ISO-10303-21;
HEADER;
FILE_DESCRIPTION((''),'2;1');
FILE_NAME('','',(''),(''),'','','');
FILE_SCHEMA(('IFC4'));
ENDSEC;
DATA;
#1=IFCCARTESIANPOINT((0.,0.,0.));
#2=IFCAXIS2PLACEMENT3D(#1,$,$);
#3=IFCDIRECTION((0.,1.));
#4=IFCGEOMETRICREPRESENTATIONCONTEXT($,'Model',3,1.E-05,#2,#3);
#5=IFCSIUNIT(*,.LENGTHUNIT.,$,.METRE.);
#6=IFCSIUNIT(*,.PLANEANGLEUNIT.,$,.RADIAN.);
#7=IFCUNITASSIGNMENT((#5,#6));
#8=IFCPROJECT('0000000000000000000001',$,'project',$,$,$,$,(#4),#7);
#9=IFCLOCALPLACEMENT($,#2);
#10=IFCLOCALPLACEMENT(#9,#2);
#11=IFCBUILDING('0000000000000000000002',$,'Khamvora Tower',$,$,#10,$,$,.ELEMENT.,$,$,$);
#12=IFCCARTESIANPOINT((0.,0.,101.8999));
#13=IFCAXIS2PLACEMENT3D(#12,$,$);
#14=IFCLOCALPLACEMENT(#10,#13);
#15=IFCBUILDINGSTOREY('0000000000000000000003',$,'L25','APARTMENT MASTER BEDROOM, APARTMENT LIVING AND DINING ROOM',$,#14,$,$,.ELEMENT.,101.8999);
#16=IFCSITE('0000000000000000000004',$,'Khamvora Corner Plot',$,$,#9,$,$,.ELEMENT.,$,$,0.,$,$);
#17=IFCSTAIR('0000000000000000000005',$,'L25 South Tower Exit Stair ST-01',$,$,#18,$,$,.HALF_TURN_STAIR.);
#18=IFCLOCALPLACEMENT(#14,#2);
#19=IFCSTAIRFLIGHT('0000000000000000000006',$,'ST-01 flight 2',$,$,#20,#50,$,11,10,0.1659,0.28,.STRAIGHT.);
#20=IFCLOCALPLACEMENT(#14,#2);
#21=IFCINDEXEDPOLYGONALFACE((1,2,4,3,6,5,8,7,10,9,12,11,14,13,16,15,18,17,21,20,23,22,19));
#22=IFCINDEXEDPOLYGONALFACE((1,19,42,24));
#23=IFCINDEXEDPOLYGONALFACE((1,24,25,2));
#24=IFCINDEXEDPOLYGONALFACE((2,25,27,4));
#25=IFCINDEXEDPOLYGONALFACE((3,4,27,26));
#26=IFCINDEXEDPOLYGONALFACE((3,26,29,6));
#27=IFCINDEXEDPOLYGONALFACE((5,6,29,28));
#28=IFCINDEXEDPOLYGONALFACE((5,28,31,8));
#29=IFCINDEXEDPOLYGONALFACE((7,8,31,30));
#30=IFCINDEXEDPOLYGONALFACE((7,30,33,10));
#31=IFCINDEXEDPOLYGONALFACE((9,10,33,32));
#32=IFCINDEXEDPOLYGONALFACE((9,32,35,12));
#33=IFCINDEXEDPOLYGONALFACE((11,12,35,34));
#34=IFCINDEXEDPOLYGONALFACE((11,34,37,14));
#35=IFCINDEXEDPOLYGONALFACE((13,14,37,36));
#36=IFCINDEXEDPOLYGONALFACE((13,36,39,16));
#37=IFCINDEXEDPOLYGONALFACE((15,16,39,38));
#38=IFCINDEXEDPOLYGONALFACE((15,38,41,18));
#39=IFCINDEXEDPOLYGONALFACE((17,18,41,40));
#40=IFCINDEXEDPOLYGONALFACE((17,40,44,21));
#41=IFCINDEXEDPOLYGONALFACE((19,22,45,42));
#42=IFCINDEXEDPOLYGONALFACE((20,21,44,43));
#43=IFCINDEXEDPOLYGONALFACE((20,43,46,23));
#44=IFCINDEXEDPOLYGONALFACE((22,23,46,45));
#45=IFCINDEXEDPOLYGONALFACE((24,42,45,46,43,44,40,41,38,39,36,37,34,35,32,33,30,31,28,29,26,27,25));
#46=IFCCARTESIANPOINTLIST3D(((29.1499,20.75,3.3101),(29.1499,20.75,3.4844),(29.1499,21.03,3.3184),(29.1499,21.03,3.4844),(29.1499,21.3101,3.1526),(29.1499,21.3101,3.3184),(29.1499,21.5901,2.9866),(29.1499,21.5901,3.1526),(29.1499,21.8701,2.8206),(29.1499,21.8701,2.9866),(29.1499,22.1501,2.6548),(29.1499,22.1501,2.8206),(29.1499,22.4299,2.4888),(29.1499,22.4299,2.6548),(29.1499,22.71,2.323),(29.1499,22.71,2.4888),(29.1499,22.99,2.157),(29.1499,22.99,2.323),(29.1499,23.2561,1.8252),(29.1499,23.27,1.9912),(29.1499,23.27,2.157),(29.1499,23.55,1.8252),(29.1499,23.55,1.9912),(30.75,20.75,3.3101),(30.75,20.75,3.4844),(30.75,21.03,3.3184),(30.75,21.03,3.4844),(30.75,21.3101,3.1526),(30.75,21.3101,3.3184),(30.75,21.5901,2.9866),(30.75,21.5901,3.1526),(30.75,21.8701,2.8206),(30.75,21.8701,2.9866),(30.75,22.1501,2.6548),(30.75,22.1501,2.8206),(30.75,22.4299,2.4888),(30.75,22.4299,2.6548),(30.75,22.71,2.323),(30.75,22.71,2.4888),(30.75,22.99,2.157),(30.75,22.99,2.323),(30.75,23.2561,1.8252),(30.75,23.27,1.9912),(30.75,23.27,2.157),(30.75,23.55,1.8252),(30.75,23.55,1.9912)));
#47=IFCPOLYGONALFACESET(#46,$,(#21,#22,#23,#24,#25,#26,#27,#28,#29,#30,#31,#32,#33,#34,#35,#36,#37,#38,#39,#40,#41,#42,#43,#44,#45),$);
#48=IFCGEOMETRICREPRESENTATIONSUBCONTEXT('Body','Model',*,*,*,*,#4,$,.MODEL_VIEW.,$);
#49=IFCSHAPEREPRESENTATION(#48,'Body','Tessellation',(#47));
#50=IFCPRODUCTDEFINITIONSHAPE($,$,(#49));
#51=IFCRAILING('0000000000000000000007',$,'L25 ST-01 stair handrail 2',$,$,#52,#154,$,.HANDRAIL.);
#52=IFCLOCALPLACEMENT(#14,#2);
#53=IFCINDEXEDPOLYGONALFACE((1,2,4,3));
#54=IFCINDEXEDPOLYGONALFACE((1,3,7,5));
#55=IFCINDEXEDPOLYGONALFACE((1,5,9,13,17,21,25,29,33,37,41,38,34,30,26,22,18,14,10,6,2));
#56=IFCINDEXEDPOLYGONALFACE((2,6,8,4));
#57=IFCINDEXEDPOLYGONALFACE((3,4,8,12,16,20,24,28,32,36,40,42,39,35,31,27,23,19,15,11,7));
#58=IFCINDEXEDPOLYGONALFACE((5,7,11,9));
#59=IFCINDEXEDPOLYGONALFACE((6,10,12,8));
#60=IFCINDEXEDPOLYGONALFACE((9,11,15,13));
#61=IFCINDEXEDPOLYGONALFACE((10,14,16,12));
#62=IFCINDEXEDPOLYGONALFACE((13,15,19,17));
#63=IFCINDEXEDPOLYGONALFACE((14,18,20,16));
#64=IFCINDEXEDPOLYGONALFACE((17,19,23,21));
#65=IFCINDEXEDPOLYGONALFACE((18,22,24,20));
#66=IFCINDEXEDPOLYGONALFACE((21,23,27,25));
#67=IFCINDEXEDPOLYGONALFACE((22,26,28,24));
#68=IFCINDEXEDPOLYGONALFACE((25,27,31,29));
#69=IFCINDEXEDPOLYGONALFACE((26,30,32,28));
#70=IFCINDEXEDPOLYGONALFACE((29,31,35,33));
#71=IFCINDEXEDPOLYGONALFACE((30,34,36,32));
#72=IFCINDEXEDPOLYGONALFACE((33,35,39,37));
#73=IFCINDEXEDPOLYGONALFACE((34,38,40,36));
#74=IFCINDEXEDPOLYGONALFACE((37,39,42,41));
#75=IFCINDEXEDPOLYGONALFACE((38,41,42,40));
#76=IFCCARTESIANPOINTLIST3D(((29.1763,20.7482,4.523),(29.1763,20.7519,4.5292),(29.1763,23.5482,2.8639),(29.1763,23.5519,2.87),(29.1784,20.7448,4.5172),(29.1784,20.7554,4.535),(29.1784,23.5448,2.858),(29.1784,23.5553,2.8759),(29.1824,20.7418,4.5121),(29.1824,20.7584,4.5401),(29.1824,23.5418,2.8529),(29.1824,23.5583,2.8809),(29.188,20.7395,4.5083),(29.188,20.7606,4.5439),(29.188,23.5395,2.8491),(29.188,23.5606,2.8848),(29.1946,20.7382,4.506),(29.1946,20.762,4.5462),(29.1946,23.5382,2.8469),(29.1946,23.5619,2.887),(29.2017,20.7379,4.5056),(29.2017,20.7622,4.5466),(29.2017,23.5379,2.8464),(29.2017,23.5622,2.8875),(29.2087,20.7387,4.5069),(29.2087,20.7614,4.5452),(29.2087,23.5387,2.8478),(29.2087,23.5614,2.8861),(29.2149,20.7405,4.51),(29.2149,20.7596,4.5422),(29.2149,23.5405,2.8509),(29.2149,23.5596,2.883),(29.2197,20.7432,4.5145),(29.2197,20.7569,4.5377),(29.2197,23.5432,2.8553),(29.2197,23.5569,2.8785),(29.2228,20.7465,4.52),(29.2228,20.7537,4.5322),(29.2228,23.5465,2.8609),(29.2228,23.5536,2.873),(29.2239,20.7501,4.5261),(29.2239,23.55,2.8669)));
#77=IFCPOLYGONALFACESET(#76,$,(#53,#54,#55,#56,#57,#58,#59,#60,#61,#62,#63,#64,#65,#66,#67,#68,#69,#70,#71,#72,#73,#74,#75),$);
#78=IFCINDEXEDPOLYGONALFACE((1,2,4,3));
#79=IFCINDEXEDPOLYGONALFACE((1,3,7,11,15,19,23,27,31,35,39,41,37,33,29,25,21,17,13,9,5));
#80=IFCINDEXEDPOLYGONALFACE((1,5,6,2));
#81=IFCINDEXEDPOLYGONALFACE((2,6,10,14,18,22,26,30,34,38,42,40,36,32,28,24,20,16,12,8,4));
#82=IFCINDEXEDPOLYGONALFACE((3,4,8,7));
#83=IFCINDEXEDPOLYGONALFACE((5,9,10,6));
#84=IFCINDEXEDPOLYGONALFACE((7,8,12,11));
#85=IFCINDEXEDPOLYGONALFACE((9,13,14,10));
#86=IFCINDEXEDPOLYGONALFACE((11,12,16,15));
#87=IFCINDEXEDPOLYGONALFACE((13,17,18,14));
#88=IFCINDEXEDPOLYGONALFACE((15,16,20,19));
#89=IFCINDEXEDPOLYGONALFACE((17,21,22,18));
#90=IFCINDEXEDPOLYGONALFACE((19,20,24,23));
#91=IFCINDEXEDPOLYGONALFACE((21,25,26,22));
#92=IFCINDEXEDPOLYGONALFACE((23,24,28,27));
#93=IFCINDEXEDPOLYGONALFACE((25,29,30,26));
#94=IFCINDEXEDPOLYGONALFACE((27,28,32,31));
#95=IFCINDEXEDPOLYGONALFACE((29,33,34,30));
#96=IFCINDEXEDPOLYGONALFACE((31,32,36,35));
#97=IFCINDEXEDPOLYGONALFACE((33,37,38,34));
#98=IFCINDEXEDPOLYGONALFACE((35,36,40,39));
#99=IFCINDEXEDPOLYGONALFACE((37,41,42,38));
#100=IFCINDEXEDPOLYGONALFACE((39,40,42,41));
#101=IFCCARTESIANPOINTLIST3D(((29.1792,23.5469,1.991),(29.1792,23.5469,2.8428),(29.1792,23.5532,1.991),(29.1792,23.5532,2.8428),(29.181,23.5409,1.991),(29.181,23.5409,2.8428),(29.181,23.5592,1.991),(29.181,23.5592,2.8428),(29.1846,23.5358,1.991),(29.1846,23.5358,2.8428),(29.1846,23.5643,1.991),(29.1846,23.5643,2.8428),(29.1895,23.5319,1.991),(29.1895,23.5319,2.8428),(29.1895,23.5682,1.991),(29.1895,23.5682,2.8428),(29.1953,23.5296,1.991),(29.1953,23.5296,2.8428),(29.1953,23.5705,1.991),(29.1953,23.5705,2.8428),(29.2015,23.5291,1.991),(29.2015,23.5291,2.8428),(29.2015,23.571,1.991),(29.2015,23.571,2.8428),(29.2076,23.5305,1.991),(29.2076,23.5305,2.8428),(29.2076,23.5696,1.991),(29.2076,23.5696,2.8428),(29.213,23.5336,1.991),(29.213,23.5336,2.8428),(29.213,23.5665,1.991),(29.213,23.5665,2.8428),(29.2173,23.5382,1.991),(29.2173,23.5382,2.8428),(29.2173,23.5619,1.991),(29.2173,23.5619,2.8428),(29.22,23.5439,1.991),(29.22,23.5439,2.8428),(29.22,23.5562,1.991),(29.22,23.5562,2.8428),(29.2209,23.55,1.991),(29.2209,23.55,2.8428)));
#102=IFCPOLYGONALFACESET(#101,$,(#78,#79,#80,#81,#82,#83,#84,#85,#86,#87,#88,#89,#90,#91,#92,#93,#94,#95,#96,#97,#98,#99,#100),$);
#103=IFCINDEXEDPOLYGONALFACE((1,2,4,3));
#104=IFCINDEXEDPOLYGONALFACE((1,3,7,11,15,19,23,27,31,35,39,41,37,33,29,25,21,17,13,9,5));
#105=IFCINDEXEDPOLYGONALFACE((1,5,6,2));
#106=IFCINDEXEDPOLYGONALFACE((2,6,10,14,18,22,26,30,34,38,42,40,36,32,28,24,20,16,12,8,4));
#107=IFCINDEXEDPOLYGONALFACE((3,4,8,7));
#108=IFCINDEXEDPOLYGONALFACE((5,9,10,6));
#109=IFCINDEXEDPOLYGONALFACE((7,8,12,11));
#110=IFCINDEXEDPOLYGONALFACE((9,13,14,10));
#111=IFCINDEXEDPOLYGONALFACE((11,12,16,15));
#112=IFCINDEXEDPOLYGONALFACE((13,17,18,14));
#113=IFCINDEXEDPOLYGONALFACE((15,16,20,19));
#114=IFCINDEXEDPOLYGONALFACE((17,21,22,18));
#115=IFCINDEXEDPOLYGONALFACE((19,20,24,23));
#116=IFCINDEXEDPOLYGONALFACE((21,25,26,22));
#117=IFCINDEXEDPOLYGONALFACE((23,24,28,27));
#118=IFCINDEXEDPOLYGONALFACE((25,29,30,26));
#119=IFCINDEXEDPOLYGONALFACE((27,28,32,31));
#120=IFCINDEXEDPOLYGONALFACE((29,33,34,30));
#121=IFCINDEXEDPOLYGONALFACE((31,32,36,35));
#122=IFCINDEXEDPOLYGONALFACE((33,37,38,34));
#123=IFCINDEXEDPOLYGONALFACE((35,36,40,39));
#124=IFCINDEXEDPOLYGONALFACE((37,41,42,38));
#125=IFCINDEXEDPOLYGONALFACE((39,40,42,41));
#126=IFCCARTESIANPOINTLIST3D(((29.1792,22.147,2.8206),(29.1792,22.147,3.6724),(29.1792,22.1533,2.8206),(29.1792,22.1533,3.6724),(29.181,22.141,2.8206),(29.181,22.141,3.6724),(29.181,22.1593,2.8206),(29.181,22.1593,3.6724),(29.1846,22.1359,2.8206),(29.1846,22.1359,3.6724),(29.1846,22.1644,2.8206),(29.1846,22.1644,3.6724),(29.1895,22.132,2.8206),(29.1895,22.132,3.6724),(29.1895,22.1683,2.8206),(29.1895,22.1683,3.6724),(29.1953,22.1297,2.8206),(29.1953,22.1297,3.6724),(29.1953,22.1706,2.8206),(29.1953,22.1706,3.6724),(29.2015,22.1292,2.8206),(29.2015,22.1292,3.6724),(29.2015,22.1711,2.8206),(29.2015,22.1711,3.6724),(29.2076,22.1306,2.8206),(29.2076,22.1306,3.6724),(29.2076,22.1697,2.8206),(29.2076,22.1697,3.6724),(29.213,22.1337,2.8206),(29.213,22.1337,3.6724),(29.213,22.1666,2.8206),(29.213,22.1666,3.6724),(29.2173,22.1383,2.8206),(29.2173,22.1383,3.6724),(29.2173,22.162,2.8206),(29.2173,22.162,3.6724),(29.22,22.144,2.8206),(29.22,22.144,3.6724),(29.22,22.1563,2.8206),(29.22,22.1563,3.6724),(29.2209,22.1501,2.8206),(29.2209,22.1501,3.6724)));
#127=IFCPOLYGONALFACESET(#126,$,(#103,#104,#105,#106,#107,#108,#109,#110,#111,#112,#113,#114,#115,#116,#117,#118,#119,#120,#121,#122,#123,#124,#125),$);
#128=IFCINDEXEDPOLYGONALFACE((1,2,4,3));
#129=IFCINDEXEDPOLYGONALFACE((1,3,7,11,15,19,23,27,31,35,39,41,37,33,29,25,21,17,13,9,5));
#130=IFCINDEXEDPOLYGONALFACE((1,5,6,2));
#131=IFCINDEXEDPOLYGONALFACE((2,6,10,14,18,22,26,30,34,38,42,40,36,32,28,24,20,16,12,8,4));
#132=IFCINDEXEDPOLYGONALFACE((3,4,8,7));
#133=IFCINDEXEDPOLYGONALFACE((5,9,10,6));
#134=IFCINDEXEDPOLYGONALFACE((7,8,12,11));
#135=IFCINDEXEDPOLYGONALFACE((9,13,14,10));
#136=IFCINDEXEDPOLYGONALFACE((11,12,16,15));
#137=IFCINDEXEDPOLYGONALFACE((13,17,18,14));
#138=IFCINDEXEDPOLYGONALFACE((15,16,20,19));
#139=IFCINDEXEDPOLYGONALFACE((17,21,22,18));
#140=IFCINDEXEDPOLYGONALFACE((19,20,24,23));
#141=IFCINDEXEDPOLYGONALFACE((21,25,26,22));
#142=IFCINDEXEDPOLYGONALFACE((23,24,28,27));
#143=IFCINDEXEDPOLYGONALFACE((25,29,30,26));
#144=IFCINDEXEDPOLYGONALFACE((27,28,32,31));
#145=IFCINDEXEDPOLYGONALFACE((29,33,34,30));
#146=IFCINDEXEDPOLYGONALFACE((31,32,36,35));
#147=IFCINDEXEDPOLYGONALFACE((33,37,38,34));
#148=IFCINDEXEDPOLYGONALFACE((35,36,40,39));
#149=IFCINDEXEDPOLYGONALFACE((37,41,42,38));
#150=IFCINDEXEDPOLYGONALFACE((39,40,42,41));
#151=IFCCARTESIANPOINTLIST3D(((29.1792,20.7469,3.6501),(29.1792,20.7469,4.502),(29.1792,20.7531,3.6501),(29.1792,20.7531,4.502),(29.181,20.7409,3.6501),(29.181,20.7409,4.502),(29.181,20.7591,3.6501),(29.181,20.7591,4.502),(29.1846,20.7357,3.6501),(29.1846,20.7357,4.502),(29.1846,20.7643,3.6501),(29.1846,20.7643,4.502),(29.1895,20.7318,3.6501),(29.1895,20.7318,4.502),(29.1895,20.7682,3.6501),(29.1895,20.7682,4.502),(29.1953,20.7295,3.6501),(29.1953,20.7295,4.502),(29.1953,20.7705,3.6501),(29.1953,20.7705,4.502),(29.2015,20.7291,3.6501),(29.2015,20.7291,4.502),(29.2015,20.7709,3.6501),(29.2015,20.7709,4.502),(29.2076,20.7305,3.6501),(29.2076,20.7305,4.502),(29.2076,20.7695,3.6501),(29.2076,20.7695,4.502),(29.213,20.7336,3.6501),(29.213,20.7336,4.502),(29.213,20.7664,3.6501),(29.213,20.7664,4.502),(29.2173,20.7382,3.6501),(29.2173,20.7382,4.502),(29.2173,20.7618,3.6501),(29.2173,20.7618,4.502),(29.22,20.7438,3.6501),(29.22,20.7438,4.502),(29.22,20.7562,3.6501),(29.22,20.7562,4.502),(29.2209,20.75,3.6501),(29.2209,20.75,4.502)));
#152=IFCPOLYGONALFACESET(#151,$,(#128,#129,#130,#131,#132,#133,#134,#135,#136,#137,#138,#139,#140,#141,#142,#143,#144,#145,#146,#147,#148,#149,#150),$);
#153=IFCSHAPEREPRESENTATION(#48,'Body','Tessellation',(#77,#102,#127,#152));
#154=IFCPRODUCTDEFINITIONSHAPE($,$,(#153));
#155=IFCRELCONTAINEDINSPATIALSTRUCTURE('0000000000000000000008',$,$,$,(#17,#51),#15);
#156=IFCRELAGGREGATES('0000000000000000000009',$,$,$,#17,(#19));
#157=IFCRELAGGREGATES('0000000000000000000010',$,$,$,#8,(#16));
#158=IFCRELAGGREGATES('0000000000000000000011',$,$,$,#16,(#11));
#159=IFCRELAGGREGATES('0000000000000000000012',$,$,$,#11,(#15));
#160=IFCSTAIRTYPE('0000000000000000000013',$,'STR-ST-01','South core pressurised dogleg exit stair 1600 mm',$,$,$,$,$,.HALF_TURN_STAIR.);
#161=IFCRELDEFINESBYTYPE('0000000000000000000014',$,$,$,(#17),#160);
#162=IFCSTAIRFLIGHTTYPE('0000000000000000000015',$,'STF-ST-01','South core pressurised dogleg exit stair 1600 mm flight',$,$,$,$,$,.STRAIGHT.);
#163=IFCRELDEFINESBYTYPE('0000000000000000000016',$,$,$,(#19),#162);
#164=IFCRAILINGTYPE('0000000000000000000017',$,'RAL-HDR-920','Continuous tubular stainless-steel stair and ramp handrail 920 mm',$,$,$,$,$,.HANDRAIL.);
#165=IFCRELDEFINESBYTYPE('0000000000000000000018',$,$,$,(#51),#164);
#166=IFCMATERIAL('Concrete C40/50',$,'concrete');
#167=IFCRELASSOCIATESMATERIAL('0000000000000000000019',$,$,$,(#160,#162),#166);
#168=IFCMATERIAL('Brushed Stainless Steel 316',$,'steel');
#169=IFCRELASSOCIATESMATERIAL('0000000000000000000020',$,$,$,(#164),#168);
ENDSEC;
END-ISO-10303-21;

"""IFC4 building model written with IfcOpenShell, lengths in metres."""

from ifc_helpers import new_model, si_unit, direction, frame, origin, origin_2d, place, context, subcontext, project, spatial, polyline, circle, outline, extrude, material, type_object, element, aggregate, save


model = new_model("IFC4")

# Units and contexts
model_context = context("Model", 3, precision=1e-05, world=origin(), true_north=direction((0.0, 1.0)))
body_context = subcontext(model_context, "Body", "Model", "MODEL_VIEW")
ifc_project = project(units=[si_unit("LENGTHUNIT", "METRE"), si_unit("PLANEANGLEUNIT", "RADIAN")], contexts=[model_context])

# Site, building, storey
site_placement = place(None, origin())
site = spatial("IfcSite", under=ifc_project, at=site_placement, Name="Khamvora Corner Plot", CompositionType="ELEMENT", RefElevation=0.0)
building_placement = place(site_placement, origin())
building = spatial("IfcBuilding", under=site, at=building_placement, Name="Khamvora Tower", CompositionType="ELEMENT")
storey_placement = place(building_placement, frame((0.0, 0.0, 101.8999)))
storey = spatial("IfcBuildingStorey", under=building, at=storey_placement, Name="L25", Description="APARTMENT MASTER BEDROOM, APARTMENT LIVING AND DINING ROOM", CompositionType="ELEMENT", Elevation=101.8999)

# Stair, stair flight
ifc_material_1 = material(Name="Concrete C40/50", Category="concrete")
stair_type = type_object("IfcStairType", Name="STR-ST-01", Description="South core pressurised dogleg exit stair 1600 mm", PredefinedType="HALF_TURN_STAIR", material=ifc_material_1)
stair_placement = place(storey_placement, origin())
stair = element("IfcStair", 1, at=stair_placement, inside=storey, type_object=stair_type, Name="L25 South Tower Exit Stair ST-01", PredefinedType="HALF_TURN_STAIR")
stair_flight_type = type_object("IfcStairFlightType", Name="STF-ST-01", Description="South core pressurised dogleg exit stair 1600 mm flight", PredefinedType="STRAIGHT", material=ifc_material_1)
stair_flight_1_placement = place(storey_placement, frame((29.95, 23.55, 1.8252), z_axis=(0.0, 0.0, 1.0), x_axis=(0.0, -1.0, 0.0)))
stair_flight_1 = element("IfcStairFlight", 2, at=stair_flight_1_placement, type_object=stair_flight_type, Name="ST-01 flight 2", NumberOfRisers=11, NumberOfTreads=10, PredefinedType="STRAIGHT", RiserHeight=0.1659, TreadLength=0.28, context=body_context, shape_type="SweptSolid", body=[
    extrude(outline(polyline([(0.0, 0.0), (0.0, 0.166), (0.28, 0.166), (0.28, 0.3318), (0.5601, 0.3318), (0.5601, 0.4978), (0.8401, 0.4978), (0.8401, 0.6636), (1.1201, 0.6636), (1.1201, 0.8296), (1.3999, 0.8296), (1.3999, 0.9954), (1.6799, 0.9954), (1.6799, 1.1614), (1.96, 1.1614), (1.96, 1.3274), (2.24, 1.3274), (2.24, 1.4932), (2.52, 1.4932), (2.52, 1.6592), (2.8, 1.6592), (2.8, 1.825), (2.8, 1.4849), (0.2939, 0.0), (0.0, 0.0)])), frame((0.0, 0.8, 0.0), z_axis=(0.0, -1.0, 0.0), x_axis=(1.0, 0.0, 0.0)), (0.0, 0.0, 1.0), 1.6001),
])
aggregate(stair, [stair_flight_1])

# Railing
ifc_material_2 = material(Name="Brushed Stainless Steel 316", Category="steel")
railing_type_1 = type_object("IfcRailingType", Name="RAL-HDR-920", Description="Continuous tubular stainless-steel stair and ramp handrail 920 mm", PredefinedType="HANDRAIL", material=ifc_material_2)
railing_1_placement = place(storey_placement, frame((29.2, 23.55, 1.991)))
element("IfcRailing", 3, at=railing_1_placement, inside=storey, type_object=railing_type_1, Name="L25 ST-01 stair handrail 2", PredefinedType="HANDRAIL", context=body_context, shape_type="SweptSolid", body=[
    extrude(circle(Radius=0.0239, at=origin_2d()), frame((0.0, 0.0, 0.876), z_axis=(0.0, -0.860306, 0.509778), x_axis=(1.0, 0.0, 0.0)), (0.0, 0.0, 1.0), 3.2546),
    extrude(circle(Radius=0.021, at=origin_2d()), origin(), (0.0, 0.0, 1.0), 0.8518),
    extrude(circle(Radius=0.021, at=origin_2d()), frame((0.0, -1.3999, 0.8296)), (0.0, 0.0, 1.0), 0.8518),
    extrude(circle(Radius=0.021, at=origin_2d()), frame((0.0, -2.8, 1.6592)), (0.0, 0.0, 1.0), 0.8518),
])

save(model, "model.ifc")
